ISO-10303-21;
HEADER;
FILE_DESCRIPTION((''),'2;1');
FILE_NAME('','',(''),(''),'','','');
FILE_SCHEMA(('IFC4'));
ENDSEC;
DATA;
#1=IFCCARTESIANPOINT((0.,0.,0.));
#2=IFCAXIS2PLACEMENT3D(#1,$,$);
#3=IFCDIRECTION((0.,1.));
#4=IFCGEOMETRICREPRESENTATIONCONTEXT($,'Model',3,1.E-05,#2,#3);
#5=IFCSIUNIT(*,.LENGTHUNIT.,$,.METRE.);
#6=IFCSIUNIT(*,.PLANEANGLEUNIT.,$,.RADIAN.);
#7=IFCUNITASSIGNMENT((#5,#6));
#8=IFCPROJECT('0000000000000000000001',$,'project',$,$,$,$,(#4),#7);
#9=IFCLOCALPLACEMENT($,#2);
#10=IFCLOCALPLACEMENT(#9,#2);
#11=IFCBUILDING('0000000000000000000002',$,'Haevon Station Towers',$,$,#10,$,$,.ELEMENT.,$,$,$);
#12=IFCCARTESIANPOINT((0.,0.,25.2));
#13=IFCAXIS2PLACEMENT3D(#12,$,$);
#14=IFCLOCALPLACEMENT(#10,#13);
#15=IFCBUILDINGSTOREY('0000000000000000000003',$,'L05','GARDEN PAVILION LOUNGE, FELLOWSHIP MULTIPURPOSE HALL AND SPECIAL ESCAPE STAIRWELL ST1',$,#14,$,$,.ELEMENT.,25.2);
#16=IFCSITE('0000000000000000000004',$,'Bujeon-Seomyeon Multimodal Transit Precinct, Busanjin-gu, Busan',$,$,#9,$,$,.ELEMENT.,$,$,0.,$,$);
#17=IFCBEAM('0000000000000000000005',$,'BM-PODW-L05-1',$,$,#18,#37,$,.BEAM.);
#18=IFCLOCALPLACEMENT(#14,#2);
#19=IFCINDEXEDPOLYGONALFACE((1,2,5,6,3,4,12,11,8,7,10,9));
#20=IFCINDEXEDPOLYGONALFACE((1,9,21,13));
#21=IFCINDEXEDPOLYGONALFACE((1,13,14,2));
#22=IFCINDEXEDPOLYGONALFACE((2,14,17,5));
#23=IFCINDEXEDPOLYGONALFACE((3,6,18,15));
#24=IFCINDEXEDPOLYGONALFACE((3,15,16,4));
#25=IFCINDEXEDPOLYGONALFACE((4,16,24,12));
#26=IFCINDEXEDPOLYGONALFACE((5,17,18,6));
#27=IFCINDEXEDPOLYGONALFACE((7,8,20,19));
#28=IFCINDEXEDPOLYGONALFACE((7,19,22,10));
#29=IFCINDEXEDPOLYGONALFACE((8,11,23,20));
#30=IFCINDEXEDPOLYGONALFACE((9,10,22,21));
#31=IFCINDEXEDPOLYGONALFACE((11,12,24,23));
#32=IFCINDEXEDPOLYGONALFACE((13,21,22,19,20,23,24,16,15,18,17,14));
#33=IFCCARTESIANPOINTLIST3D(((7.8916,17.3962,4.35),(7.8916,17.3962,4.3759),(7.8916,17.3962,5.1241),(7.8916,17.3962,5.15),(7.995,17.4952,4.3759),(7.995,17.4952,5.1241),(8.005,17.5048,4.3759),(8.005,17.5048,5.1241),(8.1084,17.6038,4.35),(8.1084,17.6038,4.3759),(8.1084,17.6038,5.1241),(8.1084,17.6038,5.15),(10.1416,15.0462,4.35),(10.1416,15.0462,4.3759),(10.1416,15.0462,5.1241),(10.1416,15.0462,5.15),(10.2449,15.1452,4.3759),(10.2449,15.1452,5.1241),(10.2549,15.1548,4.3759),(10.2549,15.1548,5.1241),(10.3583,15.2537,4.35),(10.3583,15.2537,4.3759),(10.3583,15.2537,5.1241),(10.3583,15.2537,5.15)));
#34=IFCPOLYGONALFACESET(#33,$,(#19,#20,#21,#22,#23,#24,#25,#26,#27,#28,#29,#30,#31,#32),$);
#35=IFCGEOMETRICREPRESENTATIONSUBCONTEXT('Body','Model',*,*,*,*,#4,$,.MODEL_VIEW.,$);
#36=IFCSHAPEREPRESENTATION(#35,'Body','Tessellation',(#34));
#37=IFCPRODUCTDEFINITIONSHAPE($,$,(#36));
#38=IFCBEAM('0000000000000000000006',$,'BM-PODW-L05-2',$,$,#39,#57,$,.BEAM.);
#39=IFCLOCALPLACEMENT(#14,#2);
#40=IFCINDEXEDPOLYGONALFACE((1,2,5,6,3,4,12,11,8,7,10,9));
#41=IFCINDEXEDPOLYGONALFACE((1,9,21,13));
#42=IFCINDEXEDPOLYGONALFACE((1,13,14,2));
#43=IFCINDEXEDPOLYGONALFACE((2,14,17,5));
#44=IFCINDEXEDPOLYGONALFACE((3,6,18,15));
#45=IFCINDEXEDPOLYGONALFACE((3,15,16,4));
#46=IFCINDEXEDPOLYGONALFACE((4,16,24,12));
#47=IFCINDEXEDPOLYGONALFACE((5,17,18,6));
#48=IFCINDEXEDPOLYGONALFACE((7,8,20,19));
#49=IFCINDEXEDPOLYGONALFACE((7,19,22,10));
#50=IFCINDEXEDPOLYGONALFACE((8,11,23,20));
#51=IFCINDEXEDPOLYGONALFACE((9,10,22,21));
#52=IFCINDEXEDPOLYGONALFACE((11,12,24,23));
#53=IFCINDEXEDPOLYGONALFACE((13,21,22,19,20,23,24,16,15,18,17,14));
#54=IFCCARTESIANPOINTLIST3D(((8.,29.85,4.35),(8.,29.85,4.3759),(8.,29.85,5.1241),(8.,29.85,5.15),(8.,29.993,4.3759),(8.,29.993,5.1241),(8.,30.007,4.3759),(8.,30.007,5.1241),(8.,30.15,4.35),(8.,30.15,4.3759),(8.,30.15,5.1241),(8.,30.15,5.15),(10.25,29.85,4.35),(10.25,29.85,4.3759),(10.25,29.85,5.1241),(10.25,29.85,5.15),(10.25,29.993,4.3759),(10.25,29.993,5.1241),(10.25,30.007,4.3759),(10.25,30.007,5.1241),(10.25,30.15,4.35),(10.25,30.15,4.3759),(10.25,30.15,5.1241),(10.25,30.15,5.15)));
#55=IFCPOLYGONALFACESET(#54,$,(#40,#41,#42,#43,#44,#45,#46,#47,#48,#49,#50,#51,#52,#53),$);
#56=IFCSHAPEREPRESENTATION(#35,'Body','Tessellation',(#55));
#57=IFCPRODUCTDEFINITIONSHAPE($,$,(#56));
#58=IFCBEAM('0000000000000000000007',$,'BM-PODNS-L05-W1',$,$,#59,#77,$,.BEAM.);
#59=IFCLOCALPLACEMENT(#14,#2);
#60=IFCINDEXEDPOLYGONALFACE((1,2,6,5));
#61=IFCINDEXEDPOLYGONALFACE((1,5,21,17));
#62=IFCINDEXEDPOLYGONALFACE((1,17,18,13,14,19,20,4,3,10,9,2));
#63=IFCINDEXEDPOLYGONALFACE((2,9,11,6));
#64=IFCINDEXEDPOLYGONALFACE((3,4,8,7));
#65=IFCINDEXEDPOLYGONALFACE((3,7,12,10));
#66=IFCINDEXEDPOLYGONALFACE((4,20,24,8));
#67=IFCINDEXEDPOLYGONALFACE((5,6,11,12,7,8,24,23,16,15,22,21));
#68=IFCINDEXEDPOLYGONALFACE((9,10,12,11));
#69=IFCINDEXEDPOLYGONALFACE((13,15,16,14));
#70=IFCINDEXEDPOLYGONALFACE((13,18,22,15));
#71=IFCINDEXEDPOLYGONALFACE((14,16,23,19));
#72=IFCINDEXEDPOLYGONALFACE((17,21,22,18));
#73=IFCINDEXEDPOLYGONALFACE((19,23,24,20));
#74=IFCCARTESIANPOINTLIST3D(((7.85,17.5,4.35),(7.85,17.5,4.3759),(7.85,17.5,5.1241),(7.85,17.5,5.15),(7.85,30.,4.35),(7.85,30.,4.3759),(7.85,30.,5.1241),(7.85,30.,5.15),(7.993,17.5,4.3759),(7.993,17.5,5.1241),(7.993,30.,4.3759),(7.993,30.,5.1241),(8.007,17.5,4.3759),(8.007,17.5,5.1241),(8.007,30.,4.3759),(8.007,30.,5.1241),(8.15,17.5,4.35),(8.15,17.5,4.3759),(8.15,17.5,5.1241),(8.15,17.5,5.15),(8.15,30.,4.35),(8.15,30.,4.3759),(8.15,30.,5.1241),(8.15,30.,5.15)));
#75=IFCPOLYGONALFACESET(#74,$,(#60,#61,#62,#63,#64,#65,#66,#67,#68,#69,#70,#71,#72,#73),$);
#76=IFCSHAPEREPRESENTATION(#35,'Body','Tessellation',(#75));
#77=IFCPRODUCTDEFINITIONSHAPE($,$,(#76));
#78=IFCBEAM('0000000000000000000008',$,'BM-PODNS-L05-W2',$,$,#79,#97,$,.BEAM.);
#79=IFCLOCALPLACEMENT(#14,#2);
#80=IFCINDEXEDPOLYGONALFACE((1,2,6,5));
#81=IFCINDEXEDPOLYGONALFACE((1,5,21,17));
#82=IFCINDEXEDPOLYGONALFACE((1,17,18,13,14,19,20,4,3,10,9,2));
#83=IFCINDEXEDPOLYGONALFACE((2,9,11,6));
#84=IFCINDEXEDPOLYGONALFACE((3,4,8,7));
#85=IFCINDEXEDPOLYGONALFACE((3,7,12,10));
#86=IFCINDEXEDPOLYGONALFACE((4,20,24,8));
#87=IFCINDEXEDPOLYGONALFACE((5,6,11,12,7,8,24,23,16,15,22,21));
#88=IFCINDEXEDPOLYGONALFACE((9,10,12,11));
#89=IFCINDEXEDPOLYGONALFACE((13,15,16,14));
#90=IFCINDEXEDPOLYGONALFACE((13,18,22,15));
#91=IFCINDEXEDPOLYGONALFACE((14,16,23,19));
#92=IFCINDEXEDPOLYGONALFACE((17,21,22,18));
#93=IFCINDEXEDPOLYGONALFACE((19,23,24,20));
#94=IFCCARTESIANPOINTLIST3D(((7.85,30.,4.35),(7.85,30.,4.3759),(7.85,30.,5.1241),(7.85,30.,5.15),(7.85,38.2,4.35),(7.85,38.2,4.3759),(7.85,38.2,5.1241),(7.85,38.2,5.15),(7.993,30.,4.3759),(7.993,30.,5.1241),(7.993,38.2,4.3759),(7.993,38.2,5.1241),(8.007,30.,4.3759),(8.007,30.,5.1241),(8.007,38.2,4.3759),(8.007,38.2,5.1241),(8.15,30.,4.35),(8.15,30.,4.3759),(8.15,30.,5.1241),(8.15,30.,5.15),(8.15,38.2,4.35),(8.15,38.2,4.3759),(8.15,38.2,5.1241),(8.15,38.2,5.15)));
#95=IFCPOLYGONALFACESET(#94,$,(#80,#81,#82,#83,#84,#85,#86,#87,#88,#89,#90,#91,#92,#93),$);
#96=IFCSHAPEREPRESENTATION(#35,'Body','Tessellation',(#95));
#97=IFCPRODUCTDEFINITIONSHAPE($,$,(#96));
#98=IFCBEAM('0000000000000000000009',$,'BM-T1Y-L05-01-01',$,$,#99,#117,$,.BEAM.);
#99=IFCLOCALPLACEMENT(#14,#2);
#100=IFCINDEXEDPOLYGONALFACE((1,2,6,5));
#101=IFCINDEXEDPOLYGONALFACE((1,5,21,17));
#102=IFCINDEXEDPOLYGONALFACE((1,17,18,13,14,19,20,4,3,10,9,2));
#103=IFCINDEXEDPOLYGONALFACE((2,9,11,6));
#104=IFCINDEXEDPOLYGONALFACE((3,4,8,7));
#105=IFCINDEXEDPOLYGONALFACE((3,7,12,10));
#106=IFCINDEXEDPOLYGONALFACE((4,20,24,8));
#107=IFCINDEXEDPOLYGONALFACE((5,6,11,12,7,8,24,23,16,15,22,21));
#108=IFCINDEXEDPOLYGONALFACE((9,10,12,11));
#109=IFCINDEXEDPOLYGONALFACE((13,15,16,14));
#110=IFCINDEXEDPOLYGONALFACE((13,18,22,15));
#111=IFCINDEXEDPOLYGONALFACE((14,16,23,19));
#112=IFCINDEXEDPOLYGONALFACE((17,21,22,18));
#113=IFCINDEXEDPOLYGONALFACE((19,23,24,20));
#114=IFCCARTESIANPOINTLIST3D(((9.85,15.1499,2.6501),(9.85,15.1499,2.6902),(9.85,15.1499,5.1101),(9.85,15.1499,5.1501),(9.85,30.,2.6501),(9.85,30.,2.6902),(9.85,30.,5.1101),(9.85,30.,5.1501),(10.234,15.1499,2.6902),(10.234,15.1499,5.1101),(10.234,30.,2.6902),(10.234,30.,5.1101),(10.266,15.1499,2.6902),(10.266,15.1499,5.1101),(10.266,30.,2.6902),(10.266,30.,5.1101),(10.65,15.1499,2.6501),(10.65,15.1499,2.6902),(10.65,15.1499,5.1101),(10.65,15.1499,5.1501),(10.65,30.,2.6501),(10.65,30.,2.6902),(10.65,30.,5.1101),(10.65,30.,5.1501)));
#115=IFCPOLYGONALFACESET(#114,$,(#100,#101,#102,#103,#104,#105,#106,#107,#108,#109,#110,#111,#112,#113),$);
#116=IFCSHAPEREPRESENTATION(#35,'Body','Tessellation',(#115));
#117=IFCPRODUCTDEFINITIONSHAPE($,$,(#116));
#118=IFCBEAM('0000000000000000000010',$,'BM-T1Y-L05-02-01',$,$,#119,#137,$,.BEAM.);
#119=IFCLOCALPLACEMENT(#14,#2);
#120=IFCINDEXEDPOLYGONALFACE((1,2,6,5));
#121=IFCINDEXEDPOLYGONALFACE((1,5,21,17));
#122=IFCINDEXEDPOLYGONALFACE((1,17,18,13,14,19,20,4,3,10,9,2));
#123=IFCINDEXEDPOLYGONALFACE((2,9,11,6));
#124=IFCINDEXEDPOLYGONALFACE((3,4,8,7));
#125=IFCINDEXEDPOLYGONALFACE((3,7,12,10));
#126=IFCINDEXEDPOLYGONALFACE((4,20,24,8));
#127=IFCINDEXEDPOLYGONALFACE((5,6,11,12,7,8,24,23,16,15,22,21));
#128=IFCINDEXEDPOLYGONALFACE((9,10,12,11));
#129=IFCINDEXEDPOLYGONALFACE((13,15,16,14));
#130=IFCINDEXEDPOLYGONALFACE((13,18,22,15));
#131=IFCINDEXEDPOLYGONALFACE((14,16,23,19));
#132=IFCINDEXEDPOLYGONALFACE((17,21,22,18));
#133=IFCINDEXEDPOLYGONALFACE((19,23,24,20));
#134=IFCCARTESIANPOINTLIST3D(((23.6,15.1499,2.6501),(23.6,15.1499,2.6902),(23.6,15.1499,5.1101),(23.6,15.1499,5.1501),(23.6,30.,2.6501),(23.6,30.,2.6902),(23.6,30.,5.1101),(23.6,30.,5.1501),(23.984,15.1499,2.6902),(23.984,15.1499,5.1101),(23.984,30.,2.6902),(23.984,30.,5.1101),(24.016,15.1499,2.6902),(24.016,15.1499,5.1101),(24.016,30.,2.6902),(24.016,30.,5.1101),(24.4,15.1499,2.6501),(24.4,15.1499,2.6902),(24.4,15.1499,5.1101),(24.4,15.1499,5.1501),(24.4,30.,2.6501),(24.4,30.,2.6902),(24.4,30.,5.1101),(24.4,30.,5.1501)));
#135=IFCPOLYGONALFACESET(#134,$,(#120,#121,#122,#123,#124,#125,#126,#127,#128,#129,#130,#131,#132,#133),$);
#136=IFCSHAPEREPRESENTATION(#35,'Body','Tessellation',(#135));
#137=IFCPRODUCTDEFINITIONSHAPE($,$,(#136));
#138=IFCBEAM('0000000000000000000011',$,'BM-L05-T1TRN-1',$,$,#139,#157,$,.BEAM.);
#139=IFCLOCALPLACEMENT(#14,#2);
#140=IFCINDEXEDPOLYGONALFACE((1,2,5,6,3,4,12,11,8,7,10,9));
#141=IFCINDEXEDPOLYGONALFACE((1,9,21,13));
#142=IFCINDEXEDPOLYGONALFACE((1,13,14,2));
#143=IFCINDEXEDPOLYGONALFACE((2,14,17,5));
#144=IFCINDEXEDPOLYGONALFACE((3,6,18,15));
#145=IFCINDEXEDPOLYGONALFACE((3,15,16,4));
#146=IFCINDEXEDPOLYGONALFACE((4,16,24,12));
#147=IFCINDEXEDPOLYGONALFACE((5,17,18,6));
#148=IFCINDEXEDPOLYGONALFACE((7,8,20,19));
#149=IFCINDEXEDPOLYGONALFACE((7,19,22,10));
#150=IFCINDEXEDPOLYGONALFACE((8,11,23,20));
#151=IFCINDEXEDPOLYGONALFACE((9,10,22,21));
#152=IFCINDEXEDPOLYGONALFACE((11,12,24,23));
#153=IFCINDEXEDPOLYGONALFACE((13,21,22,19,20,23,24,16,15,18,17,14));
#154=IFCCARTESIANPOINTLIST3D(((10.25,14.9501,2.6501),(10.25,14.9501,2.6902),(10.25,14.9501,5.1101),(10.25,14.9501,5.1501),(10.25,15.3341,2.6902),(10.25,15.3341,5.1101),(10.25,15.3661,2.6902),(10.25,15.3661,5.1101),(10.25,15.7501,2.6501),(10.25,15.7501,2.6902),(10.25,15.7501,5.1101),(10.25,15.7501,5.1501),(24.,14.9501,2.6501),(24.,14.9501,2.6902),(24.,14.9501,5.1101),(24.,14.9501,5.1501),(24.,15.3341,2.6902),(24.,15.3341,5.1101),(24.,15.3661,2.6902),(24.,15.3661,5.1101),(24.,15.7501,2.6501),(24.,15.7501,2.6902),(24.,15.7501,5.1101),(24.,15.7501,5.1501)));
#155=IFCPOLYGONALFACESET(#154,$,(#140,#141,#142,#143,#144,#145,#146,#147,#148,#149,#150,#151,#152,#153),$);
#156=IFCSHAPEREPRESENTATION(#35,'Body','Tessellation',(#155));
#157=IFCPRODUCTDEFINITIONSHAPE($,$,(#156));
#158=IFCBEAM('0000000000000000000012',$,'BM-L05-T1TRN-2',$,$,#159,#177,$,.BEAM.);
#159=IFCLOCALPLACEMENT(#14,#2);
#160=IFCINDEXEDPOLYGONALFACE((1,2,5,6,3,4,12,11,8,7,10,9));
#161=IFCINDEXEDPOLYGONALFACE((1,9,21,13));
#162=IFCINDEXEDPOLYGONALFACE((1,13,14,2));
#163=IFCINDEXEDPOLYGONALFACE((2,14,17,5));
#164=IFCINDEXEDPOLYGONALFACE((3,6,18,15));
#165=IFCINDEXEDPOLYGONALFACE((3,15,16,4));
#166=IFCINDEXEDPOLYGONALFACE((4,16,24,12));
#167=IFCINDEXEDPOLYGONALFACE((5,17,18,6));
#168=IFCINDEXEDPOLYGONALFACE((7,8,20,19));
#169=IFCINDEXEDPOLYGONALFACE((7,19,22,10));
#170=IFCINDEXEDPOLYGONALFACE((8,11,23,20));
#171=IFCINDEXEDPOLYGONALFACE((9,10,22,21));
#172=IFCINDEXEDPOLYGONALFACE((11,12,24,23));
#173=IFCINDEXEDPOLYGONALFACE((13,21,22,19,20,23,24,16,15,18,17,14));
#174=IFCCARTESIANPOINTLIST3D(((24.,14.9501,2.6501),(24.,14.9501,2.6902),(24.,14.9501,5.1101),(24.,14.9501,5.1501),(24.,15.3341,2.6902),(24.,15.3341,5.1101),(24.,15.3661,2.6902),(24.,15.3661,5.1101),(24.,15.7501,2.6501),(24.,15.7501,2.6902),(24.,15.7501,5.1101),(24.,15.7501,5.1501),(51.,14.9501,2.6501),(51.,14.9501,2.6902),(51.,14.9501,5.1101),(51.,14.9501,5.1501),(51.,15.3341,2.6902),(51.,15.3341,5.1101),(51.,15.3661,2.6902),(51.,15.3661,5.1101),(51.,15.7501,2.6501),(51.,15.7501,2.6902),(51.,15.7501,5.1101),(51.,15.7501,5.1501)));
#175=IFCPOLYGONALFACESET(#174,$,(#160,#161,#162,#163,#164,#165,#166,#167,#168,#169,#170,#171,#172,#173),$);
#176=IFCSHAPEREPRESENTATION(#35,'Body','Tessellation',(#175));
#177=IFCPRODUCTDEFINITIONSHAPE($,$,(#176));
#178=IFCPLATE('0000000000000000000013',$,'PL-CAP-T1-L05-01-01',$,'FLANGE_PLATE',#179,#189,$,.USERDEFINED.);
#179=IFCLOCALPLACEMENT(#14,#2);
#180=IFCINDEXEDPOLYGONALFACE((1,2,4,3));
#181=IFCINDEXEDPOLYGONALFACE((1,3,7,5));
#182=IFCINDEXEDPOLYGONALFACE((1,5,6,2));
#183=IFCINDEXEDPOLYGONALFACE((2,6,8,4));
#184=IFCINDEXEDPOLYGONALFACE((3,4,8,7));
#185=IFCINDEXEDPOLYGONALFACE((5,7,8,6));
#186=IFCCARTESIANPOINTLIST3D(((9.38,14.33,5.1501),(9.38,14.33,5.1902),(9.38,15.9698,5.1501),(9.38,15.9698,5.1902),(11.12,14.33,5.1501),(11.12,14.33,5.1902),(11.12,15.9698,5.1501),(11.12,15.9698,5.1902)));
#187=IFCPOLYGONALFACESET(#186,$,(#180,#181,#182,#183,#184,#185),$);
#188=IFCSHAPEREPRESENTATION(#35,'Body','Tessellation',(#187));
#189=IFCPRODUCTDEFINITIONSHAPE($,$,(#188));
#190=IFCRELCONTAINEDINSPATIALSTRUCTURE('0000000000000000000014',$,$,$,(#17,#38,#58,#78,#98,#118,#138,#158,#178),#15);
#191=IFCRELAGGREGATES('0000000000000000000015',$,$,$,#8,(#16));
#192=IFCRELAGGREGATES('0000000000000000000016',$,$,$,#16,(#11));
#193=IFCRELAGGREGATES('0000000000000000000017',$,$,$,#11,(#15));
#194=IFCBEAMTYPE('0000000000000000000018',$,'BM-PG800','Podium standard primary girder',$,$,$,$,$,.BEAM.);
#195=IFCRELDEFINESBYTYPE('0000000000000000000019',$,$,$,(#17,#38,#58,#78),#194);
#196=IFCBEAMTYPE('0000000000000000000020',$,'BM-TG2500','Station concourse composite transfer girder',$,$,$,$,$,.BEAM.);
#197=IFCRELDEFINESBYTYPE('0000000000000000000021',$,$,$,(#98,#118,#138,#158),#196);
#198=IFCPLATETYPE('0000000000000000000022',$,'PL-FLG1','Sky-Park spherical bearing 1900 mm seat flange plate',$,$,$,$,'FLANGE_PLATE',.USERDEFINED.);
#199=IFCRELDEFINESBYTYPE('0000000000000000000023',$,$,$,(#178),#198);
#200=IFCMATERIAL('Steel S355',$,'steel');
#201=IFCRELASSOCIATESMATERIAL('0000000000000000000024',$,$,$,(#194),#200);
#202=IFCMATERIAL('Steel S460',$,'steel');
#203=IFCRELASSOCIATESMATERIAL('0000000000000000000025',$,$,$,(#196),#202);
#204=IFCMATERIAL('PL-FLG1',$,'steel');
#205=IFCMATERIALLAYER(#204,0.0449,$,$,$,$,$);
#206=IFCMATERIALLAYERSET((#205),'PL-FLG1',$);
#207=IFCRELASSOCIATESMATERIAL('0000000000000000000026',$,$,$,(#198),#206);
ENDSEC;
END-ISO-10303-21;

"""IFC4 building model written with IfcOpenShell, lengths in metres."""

from ifc_helpers import new_model, si_unit, direction, frame, origin, origin_2d, place, context, subcontext, project, spatial, rectangle, i_section, extrude, material, layer, layer_set, material_profile, profile_set, type_object, element, save


model = new_model("IFC4")

# Units and contexts
model_context = context("Model", 3, precision=1e-05, world=origin(), true_north=direction((0.0, 1.0)))
body_context = subcontext(model_context, "Body", "Model", "MODEL_VIEW")
ifc_project = project(units=[si_unit("LENGTHUNIT", "METRE"), si_unit("PLANEANGLEUNIT", "RADIAN")], contexts=[model_context])

# Site, building, storey
site_placement = place(None, origin())
site = spatial("IfcSite", under=ifc_project, at=site_placement, Name="Bujeon-Seomyeon Multimodal Transit Precinct, Busanjin-gu, Busan", CompositionType="ELEMENT", RefElevation=0.0)
building_placement = place(site_placement, origin())
building = spatial("IfcBuilding", under=site, at=building_placement, Name="Haevon Station Towers", CompositionType="ELEMENT")
storey_placement = place(building_placement, frame((0.0, 0.0, 25.2)))
storey = spatial("IfcBuildingStorey", under=building, at=storey_placement, Name="L05", Description="GARDEN PAVILION LOUNGE, FELLOWSHIP MULTIPURPOSE HALL AND SPECIAL ESCAPE STAIRWELL ST1", CompositionType="ELEMENT", Elevation=25.2)

# Shared definitions
ifc_material_1 = material(Name="Steel S460", Category="steel")

# Beams
ifc_material_2 = material(Name="Steel S355", Category="steel")
ifc_material_profile_1 = material_profile(ifc_material_2, i_section(OverallWidth=0.3, OverallDepth=0.8, WebThickness=0.0139, FlangeThickness=0.0259, at=origin_2d()), Name="H-800x300x14x26")
ifc_profile_set_1 = profile_set([ifc_material_profile_1], Name="Steel S355")
beam_type_1 = type_object("IfcBeamType", Name="BM-PG800", Description="Podium standard primary girder", PredefinedType="BEAM", material=ifc_profile_set_1)
beam_1_placement = place(storey_placement, frame((8.0, 17.5, 4.75), z_axis=(0.691557, -0.722322, 0.0), x_axis=(0.722322, 0.691557, 0.0)))
element("IfcBeam", 1, at=beam_1_placement, inside=storey, type_object=beam_type_1, Name="BM-PODW-L05-1", PredefinedType="BEAM", context=body_context, shape_type="SweptSolid", body=[
    extrude(i_section(OverallWidth=0.3, OverallDepth=0.8, WebThickness=0.0139, FlangeThickness=0.0259, at=origin_2d()), origin(), (0.0, 0.0, 1.0), 3.2534),
])
beam_2_placement = place(storey_placement, frame((8.0, 30.0, 4.75), z_axis=(1.0, 0.0, 0.0), x_axis=(0.0, 1.0, 0.0)))
element("IfcBeam", 2, at=beam_2_placement, inside=storey, type_object=beam_type_1, Name="BM-PODW-L05-2", PredefinedType="BEAM", context=body_context, shape_type="SweptSolid", body=[
    extrude(i_section(OverallWidth=0.3, OverallDepth=0.8, WebThickness=0.0139, FlangeThickness=0.0259, at=origin_2d()), origin(), (0.0, 0.0, 1.0), 2.25),
])
beam_3_placement = place(storey_placement, frame((8.0, 17.5, 4.75), z_axis=(0.0, 1.0, 0.0), x_axis=(-1.0, 0.0, 0.0)))
element("IfcBeam", 3, at=beam_3_placement, inside=storey, type_object=beam_type_1, Name="BM-PODNS-L05-W1", PredefinedType="BEAM", context=body_context, shape_type="SweptSolid", body=[
    extrude(i_section(OverallWidth=0.3, OverallDepth=0.8, WebThickness=0.0139, FlangeThickness=0.0259, at=origin_2d()), origin(), (0.0, 0.0, 1.0), 12.5),
])
beam_4_placement = place(storey_placement, frame((8.0, 30.0, 4.75), z_axis=(0.0, 1.0, 0.0), x_axis=(-1.0, 0.0, 0.0)))
element("IfcBeam", 4, at=beam_4_placement, inside=storey, type_object=beam_type_1, Name="BM-PODNS-L05-W2", PredefinedType="BEAM", context=body_context, shape_type="SweptSolid", body=[
    extrude(i_section(OverallWidth=0.3, OverallDepth=0.8, WebThickness=0.0139, FlangeThickness=0.0259, at=origin_2d()), origin(), (0.0, 0.0, 1.0), 8.2),
])
ifc_material_profile_2 = material_profile(ifc_material_1, i_section(OverallWidth=0.8, OverallDepth=2.5, WebThickness=0.032, FlangeThickness=0.04, at=origin_2d()), Name="H-2500x800x32x40")
ifc_profile_set_2 = profile_set([ifc_material_profile_2], Name="Steel S460")
beam_type_2 = type_object("IfcBeamType", Name="BM-TG2500", Description="Station concourse composite transfer girder", PredefinedType="BEAM", material=ifc_profile_set_2)
for number, where, z_axis, x_axis, name in (
    (5, (10.25, 15.1499, 3.9001), (0.0, 1.0, 0.0), (-1.0, 0.0, 0.0), "BM-T1Y-L05-01-01"),
    (6, (24.0, 15.1499, 3.9001), (0.0, 1.0, 0.0), (-1.0, 0.0, 0.0), "BM-T1Y-L05-02-01"),
):
    element("IfcBeam", number, at=place(storey_placement, frame(where, z_axis=z_axis, x_axis=x_axis)), inside=storey, type_object=beam_type_2, Name=name, PredefinedType="BEAM", context=body_context, shape_type="SweptSolid", body=[
        extrude(i_section(OverallWidth=0.8, OverallDepth=2.5, WebThickness=0.032, FlangeThickness=0.04, at=origin_2d()), origin(), (0.0, 0.0, 1.0), 14.8501),
    ])
beam_5_placement = place(storey_placement, frame((10.25, 15.3501, 3.9001), z_axis=(1.0, 0.0, 0.0), x_axis=(0.0, 1.0, 0.0)))
element("IfcBeam", 7, at=beam_5_placement, inside=storey, type_object=beam_type_2, Name="BM-L05-T1TRN-1", PredefinedType="BEAM", context=body_context, shape_type="SweptSolid", body=[
    extrude(i_section(OverallWidth=0.8, OverallDepth=2.5, WebThickness=0.032, FlangeThickness=0.04, at=origin_2d()), origin(), (0.0, 0.0, 1.0), 13.75),
])
beam_6_placement = place(storey_placement, frame((24.0, 15.3501, 3.9001), z_axis=(1.0, 0.0, 0.0), x_axis=(0.0, 1.0, 0.0)))
element("IfcBeam", 8, at=beam_6_placement, inside=storey, type_object=beam_type_2, Name="BM-L05-T1TRN-2", PredefinedType="BEAM", context=body_context, shape_type="SweptSolid", body=[
    extrude(i_section(OverallWidth=0.8, OverallDepth=2.5, WebThickness=0.032, FlangeThickness=0.04, at=origin_2d()), origin(), (0.0, 0.0, 1.0), 27.0),
])

# Plate
ifc_material_3 = material(Name="PL-FLG1", Category="steel")
ifc_layer_1 = layer(ifc_material_3, 0.0449)
ifc_layer_set_1 = layer_set([ifc_layer_1], Name="PL-FLG1")
plate_type = type_object("IfcPlateType", Name="PL-FLG1", Description="Sky-Park spherical bearing 1900 mm seat flange plate", ElementType="FLANGE_PLATE", PredefinedType="USERDEFINED", material=ifc_layer_set_1)
plate_placement = place(storey_placement, frame((10.25, 15.1499, 5.1501), z_axis=(0.0, 0.0, 1.0), x_axis=(1.0, 0.0, 0.0)))
element("IfcPlate", 9, at=plate_placement, inside=storey, type_object=plate_type, Name="PL-CAP-T1-L05-01-01", ObjectType="FLANGE_PLATE", PredefinedType="USERDEFINED", context=body_context, shape_type="SweptSolid", body=[
    extrude(rectangle(XDim=1.74, YDim=1.6399, at=origin_2d()), origin(), (0.0, 0.0, 1.0), 0.04),
])

save(model, "model.ifc")
